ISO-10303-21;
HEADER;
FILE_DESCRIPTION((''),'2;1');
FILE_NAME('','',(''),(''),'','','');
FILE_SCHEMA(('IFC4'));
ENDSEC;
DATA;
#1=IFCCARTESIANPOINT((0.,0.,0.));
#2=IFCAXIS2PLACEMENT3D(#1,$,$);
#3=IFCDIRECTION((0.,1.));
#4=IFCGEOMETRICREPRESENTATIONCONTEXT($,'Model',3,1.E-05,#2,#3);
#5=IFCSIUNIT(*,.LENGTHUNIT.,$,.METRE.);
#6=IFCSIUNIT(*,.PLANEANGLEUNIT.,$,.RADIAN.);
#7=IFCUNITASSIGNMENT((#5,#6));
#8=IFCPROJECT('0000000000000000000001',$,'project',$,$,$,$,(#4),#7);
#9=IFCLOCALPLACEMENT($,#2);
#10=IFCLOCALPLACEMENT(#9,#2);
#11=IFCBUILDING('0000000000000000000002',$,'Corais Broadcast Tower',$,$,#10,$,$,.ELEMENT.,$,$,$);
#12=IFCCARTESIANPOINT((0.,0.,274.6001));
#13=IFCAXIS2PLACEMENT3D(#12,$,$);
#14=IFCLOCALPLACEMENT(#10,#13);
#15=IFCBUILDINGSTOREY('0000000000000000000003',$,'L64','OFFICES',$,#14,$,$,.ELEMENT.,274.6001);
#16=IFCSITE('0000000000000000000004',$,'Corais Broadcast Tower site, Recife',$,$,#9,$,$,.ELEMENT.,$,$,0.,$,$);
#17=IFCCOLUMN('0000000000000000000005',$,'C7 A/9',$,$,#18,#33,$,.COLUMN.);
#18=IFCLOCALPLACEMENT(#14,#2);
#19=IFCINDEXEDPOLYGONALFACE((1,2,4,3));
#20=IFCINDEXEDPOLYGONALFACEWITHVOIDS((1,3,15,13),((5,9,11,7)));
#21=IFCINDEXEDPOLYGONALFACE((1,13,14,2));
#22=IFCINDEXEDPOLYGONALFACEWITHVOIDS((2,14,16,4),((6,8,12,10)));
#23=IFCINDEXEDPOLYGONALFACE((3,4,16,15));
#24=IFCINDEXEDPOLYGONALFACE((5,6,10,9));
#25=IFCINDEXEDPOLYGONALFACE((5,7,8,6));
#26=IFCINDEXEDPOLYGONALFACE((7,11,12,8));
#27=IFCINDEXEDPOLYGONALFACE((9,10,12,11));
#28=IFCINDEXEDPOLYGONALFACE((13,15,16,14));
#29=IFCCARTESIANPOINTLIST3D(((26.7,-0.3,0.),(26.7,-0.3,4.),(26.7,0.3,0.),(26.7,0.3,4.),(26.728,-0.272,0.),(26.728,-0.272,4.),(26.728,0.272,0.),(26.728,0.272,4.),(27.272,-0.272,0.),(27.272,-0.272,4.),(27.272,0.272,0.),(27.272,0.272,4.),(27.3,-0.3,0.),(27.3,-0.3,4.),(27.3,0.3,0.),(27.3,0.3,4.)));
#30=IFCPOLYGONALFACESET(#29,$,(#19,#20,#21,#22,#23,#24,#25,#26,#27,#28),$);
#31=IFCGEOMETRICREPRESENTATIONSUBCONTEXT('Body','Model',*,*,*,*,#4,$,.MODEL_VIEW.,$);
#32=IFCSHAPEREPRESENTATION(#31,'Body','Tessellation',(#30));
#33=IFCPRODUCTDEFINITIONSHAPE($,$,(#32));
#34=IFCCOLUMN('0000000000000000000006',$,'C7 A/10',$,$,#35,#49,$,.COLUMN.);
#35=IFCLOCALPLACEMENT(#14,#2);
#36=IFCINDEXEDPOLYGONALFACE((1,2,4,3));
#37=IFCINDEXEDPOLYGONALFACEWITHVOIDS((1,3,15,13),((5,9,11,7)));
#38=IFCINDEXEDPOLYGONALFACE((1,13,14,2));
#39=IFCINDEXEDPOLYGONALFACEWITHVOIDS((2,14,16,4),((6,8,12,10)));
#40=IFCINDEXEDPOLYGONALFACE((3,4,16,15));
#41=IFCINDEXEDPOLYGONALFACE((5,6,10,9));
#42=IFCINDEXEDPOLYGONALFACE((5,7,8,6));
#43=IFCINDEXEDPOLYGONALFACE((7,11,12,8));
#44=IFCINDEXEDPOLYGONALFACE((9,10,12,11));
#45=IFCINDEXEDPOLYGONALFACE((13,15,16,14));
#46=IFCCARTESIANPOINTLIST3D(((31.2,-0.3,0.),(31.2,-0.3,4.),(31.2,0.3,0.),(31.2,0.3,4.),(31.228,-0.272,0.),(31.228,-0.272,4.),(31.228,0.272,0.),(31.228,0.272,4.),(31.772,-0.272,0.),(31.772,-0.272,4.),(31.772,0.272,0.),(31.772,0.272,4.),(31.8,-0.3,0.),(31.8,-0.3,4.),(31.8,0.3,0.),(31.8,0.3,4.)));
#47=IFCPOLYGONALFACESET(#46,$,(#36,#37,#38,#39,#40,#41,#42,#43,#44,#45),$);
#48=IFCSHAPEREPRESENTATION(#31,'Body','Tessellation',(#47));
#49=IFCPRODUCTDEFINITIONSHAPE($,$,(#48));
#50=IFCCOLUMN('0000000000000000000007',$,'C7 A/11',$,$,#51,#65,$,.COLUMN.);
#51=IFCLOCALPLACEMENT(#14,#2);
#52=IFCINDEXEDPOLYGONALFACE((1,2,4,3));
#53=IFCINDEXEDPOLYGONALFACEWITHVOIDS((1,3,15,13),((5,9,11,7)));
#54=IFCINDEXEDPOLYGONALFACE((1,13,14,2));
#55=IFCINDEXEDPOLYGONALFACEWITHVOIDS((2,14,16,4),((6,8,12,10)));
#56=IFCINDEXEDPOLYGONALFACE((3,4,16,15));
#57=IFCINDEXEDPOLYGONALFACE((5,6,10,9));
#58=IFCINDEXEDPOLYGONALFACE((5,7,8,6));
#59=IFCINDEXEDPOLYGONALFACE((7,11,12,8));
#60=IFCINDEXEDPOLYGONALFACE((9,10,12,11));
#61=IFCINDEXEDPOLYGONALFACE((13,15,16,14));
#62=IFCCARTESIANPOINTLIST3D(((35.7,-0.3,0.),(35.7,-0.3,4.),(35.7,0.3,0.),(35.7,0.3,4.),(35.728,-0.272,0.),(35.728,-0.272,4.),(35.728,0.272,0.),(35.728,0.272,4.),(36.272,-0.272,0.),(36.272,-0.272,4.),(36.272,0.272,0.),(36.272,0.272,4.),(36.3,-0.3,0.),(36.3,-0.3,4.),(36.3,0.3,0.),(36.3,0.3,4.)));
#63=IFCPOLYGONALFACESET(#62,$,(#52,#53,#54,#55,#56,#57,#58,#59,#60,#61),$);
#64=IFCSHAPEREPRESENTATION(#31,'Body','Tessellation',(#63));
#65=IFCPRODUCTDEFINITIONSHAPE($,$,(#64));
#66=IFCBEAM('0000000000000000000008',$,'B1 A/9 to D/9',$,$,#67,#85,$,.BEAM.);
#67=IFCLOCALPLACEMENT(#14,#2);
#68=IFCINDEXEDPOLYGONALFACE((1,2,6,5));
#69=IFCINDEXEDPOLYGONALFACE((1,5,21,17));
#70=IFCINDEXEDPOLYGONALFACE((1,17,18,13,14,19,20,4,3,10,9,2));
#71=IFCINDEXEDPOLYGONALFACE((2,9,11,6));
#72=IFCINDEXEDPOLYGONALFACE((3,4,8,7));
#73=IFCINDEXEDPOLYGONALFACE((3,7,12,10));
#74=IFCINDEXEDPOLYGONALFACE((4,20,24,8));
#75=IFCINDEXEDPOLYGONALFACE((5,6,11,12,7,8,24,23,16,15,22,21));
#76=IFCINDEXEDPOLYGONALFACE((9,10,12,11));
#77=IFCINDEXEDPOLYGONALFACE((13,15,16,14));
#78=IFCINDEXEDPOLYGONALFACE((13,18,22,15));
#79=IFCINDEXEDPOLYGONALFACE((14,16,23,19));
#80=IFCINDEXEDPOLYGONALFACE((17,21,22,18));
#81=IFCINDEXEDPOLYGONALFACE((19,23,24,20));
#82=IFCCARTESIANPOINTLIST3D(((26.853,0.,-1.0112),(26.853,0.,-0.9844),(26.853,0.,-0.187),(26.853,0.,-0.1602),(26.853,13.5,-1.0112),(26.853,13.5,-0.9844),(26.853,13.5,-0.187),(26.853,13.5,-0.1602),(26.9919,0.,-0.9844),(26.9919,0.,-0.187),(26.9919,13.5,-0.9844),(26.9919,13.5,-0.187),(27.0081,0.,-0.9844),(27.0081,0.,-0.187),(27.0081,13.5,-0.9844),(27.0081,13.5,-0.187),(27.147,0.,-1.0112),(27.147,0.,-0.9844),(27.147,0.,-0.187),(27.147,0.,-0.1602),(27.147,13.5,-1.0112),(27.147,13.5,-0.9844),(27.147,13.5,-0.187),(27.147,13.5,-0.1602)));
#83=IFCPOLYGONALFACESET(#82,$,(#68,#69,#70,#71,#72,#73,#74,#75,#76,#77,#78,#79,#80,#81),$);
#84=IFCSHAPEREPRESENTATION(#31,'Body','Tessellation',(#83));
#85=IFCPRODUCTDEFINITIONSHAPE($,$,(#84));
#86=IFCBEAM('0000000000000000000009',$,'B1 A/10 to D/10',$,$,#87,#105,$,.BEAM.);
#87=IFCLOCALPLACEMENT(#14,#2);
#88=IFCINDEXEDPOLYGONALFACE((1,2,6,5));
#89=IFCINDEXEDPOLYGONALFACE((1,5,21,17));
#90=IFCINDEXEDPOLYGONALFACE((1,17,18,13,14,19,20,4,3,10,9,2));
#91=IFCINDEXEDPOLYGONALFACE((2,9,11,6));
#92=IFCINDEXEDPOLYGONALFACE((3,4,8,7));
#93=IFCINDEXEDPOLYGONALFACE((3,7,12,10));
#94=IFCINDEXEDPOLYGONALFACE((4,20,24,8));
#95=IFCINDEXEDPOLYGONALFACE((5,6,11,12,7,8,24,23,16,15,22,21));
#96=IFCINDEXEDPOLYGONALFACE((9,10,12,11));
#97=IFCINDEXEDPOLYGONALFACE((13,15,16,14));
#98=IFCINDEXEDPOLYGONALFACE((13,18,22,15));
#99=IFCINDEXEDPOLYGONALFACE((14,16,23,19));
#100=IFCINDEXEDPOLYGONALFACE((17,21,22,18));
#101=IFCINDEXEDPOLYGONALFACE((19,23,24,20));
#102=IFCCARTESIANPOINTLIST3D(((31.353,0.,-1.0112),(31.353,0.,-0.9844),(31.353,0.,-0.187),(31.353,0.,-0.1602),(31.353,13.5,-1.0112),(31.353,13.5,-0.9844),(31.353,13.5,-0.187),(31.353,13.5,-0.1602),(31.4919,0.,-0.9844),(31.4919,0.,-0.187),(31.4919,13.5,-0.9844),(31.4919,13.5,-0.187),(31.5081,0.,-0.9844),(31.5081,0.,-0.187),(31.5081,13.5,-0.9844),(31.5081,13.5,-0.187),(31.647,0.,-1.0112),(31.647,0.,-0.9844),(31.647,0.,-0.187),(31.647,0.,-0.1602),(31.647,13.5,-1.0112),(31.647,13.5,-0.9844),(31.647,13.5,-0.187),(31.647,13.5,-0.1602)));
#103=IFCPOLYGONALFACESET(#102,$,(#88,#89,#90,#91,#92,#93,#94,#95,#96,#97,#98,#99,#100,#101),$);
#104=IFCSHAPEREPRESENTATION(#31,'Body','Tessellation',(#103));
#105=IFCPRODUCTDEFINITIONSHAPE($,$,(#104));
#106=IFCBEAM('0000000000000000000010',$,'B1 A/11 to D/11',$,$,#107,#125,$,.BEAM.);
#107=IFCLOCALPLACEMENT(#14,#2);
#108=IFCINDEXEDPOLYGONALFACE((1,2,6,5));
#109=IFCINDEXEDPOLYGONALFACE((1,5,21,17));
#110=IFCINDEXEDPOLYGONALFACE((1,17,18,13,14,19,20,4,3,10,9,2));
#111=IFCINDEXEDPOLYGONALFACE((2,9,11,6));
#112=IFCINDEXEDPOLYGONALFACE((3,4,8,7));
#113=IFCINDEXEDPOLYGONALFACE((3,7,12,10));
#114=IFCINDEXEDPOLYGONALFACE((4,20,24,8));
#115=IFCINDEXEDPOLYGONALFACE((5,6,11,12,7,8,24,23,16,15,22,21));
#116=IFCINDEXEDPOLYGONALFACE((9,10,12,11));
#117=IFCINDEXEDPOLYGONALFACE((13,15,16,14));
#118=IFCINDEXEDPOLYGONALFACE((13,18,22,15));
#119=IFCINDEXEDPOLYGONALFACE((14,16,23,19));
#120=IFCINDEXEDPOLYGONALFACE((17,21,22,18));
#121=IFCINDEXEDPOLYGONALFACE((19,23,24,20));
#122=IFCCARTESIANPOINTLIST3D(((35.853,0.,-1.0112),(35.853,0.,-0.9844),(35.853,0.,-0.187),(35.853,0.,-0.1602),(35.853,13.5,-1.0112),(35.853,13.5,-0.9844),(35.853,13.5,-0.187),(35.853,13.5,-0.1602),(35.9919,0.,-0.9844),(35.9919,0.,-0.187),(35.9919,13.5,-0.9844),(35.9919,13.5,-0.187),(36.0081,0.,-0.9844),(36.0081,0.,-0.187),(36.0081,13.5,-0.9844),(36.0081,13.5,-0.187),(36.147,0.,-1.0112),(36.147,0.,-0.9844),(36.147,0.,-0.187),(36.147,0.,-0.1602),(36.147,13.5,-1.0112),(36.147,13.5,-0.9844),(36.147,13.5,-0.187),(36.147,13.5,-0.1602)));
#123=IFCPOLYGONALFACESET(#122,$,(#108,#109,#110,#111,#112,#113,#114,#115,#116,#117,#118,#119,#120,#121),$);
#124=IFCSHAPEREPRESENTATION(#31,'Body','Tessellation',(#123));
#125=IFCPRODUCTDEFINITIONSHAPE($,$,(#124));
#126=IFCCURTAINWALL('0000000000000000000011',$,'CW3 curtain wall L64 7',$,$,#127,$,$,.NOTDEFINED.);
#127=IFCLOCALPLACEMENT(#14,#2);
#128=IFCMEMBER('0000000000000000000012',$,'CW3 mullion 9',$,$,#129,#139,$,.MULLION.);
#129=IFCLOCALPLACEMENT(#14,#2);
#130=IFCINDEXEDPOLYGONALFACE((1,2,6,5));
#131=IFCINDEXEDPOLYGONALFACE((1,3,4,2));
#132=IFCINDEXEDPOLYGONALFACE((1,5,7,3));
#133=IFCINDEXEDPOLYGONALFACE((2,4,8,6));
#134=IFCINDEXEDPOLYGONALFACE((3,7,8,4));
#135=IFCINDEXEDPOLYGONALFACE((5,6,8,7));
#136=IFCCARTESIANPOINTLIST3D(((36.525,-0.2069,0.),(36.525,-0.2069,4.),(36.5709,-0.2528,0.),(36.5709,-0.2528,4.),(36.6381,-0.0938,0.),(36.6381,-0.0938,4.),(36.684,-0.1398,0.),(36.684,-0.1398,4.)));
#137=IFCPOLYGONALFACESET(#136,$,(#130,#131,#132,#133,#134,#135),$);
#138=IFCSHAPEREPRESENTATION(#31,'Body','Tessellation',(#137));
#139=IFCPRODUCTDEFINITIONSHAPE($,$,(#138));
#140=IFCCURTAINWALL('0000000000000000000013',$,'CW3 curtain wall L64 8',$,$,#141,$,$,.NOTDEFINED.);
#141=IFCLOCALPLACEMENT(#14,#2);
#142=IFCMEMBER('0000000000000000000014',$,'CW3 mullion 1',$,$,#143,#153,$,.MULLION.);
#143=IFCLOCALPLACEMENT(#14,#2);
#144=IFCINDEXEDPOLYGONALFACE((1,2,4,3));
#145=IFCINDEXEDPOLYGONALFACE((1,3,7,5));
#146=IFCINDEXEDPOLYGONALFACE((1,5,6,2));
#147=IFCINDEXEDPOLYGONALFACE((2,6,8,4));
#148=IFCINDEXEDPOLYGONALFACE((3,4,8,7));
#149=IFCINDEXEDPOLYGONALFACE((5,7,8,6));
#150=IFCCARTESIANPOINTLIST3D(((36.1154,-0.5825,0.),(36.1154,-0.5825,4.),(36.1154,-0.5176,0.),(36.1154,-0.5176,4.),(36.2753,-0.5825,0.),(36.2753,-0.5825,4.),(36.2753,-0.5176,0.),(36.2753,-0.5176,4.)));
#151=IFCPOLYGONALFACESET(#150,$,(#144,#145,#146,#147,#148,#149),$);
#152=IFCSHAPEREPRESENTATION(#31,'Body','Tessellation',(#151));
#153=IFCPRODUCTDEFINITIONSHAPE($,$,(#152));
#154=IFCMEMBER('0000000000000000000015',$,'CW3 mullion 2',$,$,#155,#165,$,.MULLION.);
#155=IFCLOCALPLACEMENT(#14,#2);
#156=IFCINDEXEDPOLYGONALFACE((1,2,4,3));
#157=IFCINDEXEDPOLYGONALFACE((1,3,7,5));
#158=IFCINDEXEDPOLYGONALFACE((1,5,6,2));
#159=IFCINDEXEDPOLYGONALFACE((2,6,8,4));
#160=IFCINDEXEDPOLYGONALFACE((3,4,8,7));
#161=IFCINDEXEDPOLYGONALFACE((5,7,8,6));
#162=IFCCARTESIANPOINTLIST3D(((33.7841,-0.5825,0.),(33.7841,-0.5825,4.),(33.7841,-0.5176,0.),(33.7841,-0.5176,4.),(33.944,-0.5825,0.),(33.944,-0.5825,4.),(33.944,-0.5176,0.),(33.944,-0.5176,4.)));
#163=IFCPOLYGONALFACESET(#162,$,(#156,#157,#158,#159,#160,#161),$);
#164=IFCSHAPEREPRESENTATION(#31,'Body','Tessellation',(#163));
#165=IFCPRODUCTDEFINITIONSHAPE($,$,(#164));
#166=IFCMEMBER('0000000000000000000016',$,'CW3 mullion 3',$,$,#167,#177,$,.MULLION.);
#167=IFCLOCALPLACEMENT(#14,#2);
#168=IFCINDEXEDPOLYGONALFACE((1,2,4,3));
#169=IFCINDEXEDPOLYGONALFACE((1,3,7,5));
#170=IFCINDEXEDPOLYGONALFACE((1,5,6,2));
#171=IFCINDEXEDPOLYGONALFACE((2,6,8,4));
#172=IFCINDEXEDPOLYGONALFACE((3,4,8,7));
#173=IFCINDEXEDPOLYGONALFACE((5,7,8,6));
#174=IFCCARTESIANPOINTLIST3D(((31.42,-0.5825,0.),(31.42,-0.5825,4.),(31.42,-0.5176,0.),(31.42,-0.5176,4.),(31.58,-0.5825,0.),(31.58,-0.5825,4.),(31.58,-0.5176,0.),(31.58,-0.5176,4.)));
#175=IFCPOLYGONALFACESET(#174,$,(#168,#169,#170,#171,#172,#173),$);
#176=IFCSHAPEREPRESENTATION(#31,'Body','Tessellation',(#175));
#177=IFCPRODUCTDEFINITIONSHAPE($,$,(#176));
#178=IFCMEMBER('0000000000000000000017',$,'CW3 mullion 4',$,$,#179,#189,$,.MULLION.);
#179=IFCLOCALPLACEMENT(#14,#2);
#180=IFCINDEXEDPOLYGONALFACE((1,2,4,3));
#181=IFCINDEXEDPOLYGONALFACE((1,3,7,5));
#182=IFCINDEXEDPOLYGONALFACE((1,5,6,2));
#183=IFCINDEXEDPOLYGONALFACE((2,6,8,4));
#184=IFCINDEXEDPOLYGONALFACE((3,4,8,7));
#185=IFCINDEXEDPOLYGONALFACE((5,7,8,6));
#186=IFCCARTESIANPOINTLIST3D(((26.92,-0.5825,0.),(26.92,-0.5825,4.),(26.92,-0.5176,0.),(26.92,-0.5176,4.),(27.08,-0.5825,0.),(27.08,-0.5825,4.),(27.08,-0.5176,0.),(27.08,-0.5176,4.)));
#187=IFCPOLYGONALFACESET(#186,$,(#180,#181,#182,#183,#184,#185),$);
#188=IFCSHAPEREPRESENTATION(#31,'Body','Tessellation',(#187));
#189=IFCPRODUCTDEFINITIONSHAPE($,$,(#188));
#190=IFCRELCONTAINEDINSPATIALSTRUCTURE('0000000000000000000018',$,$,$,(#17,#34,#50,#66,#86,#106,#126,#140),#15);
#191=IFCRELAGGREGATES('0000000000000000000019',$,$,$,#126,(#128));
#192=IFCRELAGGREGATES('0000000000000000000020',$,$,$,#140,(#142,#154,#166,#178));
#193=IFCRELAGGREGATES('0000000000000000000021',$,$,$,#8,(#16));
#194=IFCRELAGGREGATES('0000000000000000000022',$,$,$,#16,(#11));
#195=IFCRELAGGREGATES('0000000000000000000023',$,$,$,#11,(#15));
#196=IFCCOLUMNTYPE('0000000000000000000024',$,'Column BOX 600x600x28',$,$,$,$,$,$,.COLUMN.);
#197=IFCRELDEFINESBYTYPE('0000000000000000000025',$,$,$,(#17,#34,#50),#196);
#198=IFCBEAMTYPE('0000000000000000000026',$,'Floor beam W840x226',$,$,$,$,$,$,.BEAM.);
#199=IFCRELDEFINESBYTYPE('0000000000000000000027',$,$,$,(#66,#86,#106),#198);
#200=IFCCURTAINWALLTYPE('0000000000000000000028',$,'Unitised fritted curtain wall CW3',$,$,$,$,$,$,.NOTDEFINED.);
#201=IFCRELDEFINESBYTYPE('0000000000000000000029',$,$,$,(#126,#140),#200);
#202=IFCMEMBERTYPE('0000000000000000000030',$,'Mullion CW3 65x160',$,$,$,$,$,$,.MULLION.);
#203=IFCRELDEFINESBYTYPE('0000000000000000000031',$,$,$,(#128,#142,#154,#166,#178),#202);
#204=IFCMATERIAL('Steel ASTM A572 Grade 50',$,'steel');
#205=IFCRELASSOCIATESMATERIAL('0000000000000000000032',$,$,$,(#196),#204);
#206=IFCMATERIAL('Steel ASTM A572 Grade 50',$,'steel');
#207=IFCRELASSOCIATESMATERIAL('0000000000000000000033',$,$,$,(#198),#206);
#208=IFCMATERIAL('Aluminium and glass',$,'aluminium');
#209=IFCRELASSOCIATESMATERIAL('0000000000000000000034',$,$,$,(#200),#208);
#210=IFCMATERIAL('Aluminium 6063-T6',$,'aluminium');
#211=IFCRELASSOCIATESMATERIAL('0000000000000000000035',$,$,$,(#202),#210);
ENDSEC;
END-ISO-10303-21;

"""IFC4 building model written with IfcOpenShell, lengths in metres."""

from ifc_helpers import new_model, si_unit, direction, frame, origin, origin_2d, place, context, subcontext, project, spatial, rectangle, hollow_rectangle, i_section, extrude, material, material_profile, profile_set, type_object, element, aggregate, save


model = new_model("IFC4")

# Units and contexts
model_context = context("Model", 3, precision=1e-05, world=origin(), true_north=direction((0.0, 1.0)))
body_context = subcontext(model_context, "Body", "Model", "MODEL_VIEW")
ifc_project = project(units=[si_unit("LENGTHUNIT", "METRE"), si_unit("PLANEANGLEUNIT", "RADIAN")], contexts=[model_context])

# Site, building, storey
site_placement = place(None, origin())
site = spatial("IfcSite", under=ifc_project, at=site_placement, Name="Corais Broadcast Tower site, Recife", CompositionType="ELEMENT", RefElevation=0.0)
building_placement = place(site_placement, origin())
building = spatial("IfcBuilding", under=site, at=building_placement, Name="Corais Broadcast Tower", CompositionType="ELEMENT")
storey_placement = place(building_placement, frame((0.0, 0.0, 274.6001)))
storey = spatial("IfcBuildingStorey", under=building, at=storey_placement, Name="L64", Description="OFFICES", CompositionType="ELEMENT", Elevation=274.6001)

# Columns
ifc_material_1 = material(Name="Steel ASTM A572 Grade 50", Category="steel")
ifc_material_profile_1 = material_profile(ifc_material_1, hollow_rectangle(XDim=0.6001, YDim=0.6001, WallThickness=0.0281, at=origin_2d()), Name="BOX 600x600x28")
ifc_profile_set_1 = profile_set([ifc_material_profile_1], Name="Steel ASTM A572 Grade 50")
column_type = type_object("IfcColumnType", Name="Column BOX 600x600x28", PredefinedType="COLUMN", material=ifc_profile_set_1)
for number, where, z_axis, x_axis, name in (
    (1, (27.0, 0.0, 0.0), (0.0, 0.0, 1.0), (1.0, 0.0, 0.0), "C7 A/9"),
    (2, (31.5, 0.0, 0.0), (0.0, 0.0, 1.0), (1.0, 0.0, 0.0), "C7 A/10"),
    (3, (36.0, 0.0, 0.0), (0.0, 0.0, 1.0), (1.0, 0.0, 0.0), "C7 A/11"),
):
    element("IfcColumn", number, at=place(storey_placement, frame(where, z_axis=z_axis, x_axis=x_axis)), inside=storey, type_object=column_type, Name=name, PredefinedType="COLUMN", context=body_context, shape_type="SweptSolid", body=[
        extrude(hollow_rectangle(XDim=0.6001, YDim=0.6001, WallThickness=0.0281, at=origin_2d()), origin(), (0.0, 0.0, 1.0), 4.0),
    ])

# Beams
ifc_material_2 = material(Name="Steel ASTM A572 Grade 50", Category="steel")
ifc_material_profile_2 = material_profile(ifc_material_2, i_section(OverallWidth=0.2939, OverallDepth=0.8511, WebThickness=0.0161, FlangeThickness=0.0269, at=origin_2d()), Name="W840x226")
ifc_profile_set_2 = profile_set([ifc_material_profile_2], Name="Steel ASTM A572 Grade 50")
beam_type_1 = type_object("IfcBeamType", Name="Floor beam W840x226", PredefinedType="BEAM", material=ifc_profile_set_2)
for number, where, z_axis, x_axis, name in (
    (4, (27.0, 0.0, -0.5857), (0.0, 1.0, 0.0), (-1.0, 0.0, 0.0), "B1 A/9 to D/9"),
    (5, (31.5, 0.0, -0.5857), (0.0, 1.0, 0.0), (-1.0, 0.0, 0.0), "B1 A/10 to D/10"),
    (6, (36.0, 0.0, -0.5857), (0.0, 1.0, 0.0), (-1.0, 0.0, 0.0), "B1 A/11 to D/11"),
):
    element("IfcBeam", number, at=place(storey_placement, frame(where, z_axis=z_axis, x_axis=x_axis)), inside=storey, type_object=beam_type_1, Name=name, PredefinedType="BEAM", context=body_context, shape_type="SweptSolid", body=[
        extrude(i_section(OverallWidth=0.2939, OverallDepth=0.8511, WebThickness=0.0161, FlangeThickness=0.0269, at=origin_2d()), origin(), (0.0, 0.0, 1.0), 13.5),
    ])

# Curtain wall, member
ifc_material_3 = material(Name="Aluminium and glass", Category="aluminium")
curtain_wall_type = type_object("IfcCurtainWallType", Name="Unitised fritted curtain wall CW3", PredefinedType="NOTDEFINED", material=ifc_material_3)
curtain_wall_1_placement = place(storey_placement, origin())
curtain_wall_1 = element("IfcCurtainWall", 7, at=curtain_wall_1_placement, inside=storey, type_object=curtain_wall_type, Name="CW3 curtain wall L64 7", PredefinedType="NOTDEFINED")
ifc_material_4 = material(Name="Aluminium 6063-T6", Category="aluminium")
ifc_material_profile_3 = material_profile(ifc_material_4, rectangle(XDim=0.0649, YDim=0.1599, at=origin_2d()), Name="Mullion CW3 65x160")
ifc_profile_set_3 = profile_set([ifc_material_profile_3], Name="Aluminium 6063-T6")
member_type_1 = type_object("IfcMemberType", Name="Mullion CW3 65x160", PredefinedType="MULLION", material=ifc_profile_set_3)
member_1_placement = place(storey_placement, frame((36.6045, -0.1733, 0.0), z_axis=(0.0, 0.0, 1.0), x_axis=(0.707107, -0.707107, 0.0)))
member_1 = element("IfcMember", 8, at=member_1_placement, type_object=member_type_1, Name="CW3 mullion 9", PredefinedType="MULLION", context=body_context, shape_type="SweptSolid", body=[
    extrude(rectangle(XDim=0.0649, YDim=0.1599, at=origin_2d()), origin(), (0.0, 0.0, 1.0), 4.0),
])
aggregate(curtain_wall_1, [member_1])

# Curtain wall, members
curtain_wall_2_placement = place(storey_placement, origin())
curtain_wall_2 = element("IfcCurtainWall", 9, at=curtain_wall_2_placement, inside=storey, type_object=curtain_wall_type, Name="CW3 curtain wall L64 8", PredefinedType="NOTDEFINED")
member_2_placement = place(storey_placement, frame((36.1953, -0.55, 0.0), z_axis=(0.0, 0.0, 1.0), x_axis=(0.0, -1.0, 0.0)))
member_2 = element("IfcMember", 10, at=member_2_placement, type_object=member_type_1, Name="CW3 mullion 1", PredefinedType="MULLION", context=body_context, shape_type="SweptSolid", body=[
    extrude(rectangle(XDim=0.0649, YDim=0.1599, at=origin_2d()), origin(), (0.0, 0.0, 1.0), 4.0),
])
member_3_placement = place(storey_placement, frame((33.864, -0.55, 0.0), z_axis=(0.0, 0.0, 1.0), x_axis=(0.0, -1.0, 0.0)))
member_3 = element("IfcMember", 11, at=member_3_placement, type_object=member_type_1, Name="CW3 mullion 2", PredefinedType="MULLION", context=body_context, shape_type="SweptSolid", body=[
    extrude(rectangle(XDim=0.0649, YDim=0.1599, at=origin_2d()), origin(), (0.0, 0.0, 1.0), 4.0),
])
member_4_placement = place(storey_placement, frame((31.5, -0.55, 0.0), z_axis=(0.0, 0.0, 1.0), x_axis=(0.0, -1.0, 0.0)))
member_4 = element("IfcMember", 12, at=member_4_placement, type_object=member_type_1, Name="CW3 mullion 3", PredefinedType="MULLION", context=body_context, shape_type="SweptSolid", body=[
    extrude(rectangle(XDim=0.0649, YDim=0.1599, at=origin_2d()), origin(), (0.0, 0.0, 1.0), 4.0),
])
member_5_placement = place(storey_placement, frame((27.0, -0.55, 0.0), z_axis=(0.0, 0.0, 1.0), x_axis=(0.0, -1.0, 0.0)))
member_5 = element("IfcMember", 13, at=member_5_placement, type_object=member_type_1, Name="CW3 mullion 4", PredefinedType="MULLION", context=body_context, shape_type="SweptSolid", body=[
    extrude(rectangle(XDim=0.0649, YDim=0.1599, at=origin_2d()), origin(), (0.0, 0.0, 1.0), 4.0),
])

aggregate(curtain_wall_2, [member_2, member_3, member_4, member_5])

save(model, "model.ifc")
